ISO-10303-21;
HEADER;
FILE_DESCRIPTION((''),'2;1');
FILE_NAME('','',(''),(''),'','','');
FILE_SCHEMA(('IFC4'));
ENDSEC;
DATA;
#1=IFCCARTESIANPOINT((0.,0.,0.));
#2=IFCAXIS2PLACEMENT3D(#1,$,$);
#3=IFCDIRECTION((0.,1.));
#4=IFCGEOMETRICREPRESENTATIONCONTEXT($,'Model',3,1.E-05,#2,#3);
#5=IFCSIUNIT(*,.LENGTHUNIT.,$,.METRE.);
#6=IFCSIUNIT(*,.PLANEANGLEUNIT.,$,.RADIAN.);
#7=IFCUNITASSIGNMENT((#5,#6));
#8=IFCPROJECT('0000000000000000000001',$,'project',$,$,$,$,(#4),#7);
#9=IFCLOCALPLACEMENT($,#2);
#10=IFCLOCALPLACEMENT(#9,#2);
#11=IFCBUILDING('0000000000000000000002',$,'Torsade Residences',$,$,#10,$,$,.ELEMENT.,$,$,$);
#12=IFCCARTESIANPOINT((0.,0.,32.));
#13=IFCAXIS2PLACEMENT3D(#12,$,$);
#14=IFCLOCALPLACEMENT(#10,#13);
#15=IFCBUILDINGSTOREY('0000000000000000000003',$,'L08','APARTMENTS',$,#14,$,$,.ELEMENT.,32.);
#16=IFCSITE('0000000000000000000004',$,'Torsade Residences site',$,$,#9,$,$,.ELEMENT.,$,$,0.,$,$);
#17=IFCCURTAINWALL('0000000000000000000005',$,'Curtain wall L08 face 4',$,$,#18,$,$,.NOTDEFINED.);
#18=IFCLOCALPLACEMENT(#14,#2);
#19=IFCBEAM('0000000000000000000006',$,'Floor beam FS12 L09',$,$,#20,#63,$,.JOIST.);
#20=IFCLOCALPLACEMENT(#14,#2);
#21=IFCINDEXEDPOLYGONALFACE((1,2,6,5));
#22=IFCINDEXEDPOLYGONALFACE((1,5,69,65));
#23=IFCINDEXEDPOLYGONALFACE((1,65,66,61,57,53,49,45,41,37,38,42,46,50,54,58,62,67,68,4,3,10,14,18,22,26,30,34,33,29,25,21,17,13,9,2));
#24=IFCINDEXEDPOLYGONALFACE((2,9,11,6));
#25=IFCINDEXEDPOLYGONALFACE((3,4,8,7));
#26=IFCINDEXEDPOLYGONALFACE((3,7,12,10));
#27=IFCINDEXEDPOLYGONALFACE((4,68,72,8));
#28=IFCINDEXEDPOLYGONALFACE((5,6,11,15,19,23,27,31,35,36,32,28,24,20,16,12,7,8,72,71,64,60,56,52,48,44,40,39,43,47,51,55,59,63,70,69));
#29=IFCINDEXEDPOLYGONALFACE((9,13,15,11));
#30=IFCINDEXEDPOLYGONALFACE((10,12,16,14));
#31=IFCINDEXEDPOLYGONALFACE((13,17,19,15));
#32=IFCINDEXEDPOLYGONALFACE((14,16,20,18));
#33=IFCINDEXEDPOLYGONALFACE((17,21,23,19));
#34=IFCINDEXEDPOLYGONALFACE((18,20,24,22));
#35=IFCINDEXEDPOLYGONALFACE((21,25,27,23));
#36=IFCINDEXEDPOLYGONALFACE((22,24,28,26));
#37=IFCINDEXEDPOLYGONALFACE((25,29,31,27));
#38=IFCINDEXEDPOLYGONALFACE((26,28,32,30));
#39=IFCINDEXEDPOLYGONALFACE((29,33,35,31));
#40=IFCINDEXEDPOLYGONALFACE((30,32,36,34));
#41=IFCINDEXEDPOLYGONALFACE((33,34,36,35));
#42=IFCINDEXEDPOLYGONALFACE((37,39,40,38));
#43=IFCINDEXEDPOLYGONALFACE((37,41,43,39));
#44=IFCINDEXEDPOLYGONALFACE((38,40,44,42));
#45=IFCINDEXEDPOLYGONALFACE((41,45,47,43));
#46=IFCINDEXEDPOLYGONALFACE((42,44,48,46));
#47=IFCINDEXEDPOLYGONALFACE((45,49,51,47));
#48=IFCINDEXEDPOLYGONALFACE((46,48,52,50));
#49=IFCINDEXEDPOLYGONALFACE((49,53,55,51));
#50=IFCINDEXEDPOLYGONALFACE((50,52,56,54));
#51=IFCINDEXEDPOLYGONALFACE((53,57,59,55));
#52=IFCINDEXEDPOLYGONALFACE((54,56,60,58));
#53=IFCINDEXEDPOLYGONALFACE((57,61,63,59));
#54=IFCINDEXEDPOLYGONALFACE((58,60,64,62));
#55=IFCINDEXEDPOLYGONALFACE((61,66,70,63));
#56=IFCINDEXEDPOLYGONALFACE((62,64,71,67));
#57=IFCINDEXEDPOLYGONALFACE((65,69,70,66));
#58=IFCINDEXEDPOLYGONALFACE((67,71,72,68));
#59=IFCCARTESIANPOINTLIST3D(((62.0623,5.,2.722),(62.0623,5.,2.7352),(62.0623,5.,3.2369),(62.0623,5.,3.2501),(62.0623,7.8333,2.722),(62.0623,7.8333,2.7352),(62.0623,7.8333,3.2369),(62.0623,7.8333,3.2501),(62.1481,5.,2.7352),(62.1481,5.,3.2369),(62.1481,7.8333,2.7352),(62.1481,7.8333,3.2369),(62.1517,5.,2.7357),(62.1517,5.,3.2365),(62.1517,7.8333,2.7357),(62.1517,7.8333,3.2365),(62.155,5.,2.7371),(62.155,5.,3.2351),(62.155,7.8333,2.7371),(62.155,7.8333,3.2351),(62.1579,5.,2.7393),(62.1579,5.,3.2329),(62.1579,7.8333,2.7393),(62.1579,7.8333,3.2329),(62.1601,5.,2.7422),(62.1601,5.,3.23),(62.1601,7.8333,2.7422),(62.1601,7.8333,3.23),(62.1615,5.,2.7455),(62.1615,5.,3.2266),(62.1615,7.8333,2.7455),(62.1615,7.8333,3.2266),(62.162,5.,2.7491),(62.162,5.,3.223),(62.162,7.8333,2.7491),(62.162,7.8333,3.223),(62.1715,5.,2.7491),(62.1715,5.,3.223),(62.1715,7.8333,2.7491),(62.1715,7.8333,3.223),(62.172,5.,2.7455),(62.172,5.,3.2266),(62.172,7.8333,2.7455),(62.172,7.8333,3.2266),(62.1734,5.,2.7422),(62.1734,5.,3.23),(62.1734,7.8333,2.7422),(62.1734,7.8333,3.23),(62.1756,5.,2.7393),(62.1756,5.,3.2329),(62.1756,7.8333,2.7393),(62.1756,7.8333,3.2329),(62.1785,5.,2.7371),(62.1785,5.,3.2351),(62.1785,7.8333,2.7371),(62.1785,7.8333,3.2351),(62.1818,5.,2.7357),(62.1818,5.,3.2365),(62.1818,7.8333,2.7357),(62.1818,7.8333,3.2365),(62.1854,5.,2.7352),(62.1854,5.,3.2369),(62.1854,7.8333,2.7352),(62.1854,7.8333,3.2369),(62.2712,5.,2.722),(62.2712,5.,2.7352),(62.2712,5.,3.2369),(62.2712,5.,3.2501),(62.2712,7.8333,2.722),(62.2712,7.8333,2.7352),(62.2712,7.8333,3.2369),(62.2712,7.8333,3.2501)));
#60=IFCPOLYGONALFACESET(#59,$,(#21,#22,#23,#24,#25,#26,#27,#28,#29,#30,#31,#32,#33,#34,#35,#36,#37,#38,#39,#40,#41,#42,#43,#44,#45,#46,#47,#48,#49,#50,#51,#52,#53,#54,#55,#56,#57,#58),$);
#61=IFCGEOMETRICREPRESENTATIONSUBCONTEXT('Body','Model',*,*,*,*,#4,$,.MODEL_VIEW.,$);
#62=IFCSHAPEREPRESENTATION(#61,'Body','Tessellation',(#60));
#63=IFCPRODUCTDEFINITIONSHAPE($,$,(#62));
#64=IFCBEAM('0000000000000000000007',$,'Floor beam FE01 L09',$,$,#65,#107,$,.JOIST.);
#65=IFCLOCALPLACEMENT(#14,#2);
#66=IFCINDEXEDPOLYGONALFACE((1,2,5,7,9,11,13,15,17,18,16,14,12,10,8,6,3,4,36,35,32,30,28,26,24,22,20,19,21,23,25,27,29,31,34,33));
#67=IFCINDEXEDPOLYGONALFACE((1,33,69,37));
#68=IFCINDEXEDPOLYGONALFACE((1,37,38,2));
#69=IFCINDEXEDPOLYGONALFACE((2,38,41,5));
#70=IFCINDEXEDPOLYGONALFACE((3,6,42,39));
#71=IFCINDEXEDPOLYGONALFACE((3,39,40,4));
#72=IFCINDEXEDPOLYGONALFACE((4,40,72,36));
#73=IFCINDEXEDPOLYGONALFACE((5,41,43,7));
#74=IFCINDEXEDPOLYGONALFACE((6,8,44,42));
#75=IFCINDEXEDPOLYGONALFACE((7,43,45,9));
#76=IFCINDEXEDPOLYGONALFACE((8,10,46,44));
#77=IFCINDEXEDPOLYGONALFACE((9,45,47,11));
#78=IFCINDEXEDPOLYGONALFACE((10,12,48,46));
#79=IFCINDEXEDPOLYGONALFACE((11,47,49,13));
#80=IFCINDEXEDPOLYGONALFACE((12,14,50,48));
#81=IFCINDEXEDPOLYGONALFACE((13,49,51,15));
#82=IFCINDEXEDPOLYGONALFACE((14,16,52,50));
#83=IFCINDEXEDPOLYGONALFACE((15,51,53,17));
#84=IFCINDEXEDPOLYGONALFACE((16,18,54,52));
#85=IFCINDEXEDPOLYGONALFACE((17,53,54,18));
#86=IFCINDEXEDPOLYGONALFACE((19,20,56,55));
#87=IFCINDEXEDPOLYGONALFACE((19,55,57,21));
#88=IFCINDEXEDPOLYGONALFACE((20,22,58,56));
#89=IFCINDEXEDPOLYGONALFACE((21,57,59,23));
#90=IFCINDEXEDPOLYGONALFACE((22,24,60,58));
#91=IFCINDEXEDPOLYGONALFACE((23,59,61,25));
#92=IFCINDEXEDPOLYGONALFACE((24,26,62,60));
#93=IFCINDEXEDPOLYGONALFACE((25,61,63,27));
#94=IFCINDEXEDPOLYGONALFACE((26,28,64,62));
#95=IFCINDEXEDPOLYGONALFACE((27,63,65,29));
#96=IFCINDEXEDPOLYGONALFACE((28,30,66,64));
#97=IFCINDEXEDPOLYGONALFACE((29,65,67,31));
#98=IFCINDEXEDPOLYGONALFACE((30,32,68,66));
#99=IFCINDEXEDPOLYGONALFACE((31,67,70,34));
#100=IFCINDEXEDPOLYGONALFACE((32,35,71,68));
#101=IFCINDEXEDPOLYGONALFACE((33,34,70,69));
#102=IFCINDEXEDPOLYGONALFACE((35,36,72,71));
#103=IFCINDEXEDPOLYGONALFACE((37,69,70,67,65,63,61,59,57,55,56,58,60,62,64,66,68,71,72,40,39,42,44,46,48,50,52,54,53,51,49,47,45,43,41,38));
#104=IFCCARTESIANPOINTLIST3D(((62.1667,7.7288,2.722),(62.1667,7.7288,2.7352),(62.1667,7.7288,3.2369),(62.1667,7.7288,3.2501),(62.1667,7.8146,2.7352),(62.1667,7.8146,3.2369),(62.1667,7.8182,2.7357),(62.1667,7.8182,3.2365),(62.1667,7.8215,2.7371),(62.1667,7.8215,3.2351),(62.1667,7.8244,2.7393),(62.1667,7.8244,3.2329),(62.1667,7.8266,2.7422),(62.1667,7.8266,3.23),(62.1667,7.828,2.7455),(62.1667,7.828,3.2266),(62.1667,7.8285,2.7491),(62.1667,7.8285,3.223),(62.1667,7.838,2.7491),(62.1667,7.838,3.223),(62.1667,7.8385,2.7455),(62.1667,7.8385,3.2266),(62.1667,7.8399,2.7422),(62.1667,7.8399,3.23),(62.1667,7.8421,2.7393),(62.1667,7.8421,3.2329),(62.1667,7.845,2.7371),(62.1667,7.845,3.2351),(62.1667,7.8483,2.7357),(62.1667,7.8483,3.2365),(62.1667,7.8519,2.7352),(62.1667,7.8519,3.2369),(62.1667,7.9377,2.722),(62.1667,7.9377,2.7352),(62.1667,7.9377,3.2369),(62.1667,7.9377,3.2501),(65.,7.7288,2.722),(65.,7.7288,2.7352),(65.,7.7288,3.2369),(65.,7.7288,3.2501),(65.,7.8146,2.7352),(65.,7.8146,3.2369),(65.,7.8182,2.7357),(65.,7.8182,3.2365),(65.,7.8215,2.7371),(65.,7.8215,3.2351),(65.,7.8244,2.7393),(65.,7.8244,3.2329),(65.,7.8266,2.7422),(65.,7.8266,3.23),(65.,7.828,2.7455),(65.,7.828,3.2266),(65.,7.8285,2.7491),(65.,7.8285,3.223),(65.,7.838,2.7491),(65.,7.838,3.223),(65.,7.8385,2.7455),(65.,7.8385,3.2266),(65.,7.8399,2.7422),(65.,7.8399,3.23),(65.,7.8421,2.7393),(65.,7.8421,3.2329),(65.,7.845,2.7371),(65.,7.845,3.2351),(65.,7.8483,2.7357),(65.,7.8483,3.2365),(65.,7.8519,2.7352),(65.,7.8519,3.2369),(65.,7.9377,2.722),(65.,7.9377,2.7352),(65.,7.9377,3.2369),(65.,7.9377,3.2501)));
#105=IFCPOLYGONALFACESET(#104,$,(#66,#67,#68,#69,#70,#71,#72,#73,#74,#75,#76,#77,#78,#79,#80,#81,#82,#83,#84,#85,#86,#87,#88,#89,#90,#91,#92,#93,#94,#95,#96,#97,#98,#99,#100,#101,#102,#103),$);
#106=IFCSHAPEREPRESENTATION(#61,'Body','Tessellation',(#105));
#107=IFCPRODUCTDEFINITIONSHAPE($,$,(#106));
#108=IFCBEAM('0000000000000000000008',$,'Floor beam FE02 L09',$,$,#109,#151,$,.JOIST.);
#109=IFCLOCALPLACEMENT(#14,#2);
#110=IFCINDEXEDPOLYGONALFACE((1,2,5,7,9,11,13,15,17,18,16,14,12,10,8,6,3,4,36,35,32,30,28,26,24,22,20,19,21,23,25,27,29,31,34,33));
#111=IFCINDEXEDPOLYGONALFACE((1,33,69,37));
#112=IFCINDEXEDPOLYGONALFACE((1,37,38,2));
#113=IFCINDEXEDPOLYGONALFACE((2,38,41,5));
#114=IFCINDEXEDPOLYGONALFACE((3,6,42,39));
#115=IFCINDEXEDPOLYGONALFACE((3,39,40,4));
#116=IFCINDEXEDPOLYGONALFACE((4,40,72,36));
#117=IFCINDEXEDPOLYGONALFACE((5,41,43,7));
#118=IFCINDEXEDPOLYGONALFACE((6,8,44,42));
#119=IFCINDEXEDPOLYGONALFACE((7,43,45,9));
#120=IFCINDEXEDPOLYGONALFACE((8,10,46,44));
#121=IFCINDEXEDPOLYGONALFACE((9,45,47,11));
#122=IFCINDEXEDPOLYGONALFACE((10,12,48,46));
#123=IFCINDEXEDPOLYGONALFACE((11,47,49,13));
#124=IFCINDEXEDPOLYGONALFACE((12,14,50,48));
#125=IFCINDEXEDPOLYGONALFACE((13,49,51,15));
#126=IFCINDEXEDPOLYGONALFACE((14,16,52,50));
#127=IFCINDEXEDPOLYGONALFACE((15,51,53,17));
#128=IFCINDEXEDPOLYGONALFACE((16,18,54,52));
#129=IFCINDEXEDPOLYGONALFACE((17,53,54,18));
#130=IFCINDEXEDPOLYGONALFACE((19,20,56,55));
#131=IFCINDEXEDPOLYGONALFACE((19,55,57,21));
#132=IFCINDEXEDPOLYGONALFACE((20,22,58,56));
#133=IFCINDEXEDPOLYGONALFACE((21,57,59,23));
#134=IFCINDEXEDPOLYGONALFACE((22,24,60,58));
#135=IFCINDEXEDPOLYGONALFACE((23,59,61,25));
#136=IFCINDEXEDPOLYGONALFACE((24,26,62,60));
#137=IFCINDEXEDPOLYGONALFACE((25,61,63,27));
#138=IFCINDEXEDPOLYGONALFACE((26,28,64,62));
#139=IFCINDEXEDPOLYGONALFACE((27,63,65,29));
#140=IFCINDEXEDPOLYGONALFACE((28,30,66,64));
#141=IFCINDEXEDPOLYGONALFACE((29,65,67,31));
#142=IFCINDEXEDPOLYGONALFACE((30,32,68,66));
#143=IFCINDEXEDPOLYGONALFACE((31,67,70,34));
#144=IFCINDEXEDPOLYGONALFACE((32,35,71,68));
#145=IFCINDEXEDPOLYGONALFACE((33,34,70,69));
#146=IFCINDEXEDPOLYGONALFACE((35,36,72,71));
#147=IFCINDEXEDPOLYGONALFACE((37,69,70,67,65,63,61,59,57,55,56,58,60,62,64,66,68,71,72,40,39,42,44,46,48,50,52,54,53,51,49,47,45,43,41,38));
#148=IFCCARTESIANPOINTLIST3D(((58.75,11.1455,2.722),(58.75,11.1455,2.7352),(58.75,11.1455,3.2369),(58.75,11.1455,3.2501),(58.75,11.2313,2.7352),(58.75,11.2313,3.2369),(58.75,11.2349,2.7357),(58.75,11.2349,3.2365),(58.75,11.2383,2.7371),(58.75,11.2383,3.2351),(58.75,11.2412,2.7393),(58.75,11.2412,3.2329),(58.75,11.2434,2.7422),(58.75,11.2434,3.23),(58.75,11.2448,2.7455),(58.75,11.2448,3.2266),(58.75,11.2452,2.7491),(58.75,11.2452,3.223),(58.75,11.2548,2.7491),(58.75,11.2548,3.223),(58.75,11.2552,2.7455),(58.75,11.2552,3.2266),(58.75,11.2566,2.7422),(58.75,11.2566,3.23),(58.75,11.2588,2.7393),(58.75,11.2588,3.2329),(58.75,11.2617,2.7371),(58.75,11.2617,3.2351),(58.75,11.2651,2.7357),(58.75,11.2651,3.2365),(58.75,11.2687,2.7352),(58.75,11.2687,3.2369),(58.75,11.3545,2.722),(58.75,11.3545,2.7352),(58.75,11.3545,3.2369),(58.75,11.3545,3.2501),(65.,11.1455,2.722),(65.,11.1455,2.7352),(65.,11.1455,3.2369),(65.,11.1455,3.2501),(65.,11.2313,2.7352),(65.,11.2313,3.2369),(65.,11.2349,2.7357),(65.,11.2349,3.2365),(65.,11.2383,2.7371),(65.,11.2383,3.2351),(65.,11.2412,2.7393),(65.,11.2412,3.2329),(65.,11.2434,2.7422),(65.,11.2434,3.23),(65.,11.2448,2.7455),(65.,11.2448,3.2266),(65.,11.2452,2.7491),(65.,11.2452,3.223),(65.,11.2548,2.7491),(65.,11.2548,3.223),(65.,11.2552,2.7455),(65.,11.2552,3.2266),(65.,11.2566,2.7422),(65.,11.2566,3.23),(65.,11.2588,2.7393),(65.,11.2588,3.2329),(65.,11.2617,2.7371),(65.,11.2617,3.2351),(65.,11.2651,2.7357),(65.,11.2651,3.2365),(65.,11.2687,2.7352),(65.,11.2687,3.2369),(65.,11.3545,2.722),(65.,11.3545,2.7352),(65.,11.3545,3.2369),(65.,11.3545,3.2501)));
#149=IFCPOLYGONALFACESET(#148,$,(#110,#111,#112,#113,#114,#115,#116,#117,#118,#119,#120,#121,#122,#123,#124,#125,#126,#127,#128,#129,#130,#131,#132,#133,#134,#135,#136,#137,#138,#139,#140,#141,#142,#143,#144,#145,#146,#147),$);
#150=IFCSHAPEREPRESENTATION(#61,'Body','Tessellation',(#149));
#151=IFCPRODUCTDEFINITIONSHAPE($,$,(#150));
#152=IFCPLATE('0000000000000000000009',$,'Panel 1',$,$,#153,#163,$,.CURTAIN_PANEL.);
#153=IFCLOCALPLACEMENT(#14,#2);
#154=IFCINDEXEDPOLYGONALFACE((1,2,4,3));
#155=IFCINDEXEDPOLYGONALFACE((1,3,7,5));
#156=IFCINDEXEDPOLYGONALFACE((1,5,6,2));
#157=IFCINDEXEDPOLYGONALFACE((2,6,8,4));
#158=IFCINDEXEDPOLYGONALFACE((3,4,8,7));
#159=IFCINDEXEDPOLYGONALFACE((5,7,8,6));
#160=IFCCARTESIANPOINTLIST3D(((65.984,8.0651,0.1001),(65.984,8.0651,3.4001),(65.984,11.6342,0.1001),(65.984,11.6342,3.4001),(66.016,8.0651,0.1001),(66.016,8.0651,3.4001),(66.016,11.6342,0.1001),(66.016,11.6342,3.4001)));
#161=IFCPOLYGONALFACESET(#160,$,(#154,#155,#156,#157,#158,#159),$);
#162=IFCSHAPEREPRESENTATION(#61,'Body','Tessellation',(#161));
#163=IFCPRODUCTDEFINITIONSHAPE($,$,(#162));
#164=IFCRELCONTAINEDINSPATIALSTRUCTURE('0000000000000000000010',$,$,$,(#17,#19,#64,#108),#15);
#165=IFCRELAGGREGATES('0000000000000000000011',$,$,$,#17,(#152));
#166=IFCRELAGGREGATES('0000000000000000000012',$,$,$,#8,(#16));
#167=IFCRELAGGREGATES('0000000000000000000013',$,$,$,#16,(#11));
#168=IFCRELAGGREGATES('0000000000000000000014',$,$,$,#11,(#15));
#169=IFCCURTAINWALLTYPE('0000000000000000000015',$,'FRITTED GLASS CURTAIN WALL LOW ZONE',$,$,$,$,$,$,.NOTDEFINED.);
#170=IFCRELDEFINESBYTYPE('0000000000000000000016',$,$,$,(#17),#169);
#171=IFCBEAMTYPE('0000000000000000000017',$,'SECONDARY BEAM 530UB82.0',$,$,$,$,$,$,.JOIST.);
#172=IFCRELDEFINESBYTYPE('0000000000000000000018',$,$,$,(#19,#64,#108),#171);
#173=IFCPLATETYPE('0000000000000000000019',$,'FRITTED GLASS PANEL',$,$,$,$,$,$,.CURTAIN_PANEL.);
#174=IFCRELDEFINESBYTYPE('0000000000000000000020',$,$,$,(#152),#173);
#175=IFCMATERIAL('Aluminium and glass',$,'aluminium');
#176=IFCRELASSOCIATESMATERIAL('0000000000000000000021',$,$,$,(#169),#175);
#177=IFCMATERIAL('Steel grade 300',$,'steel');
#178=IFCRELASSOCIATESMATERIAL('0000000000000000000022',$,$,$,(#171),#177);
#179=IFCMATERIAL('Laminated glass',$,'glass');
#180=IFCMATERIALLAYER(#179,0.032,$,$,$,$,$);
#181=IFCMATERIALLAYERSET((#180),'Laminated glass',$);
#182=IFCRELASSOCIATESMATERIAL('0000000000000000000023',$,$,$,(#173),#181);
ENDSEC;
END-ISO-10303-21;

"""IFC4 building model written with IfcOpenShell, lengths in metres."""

from ifc_helpers import new_model, si_unit, direction, frame, origin, origin_2d, place, context, subcontext, project, spatial, rectangle, i_section, extrude, material, layer, layer_set, material_profile, profile_set, type_object, element, aggregate, save


model = new_model("IFC4")

# Units and contexts
model_context = context("Model", 3, precision=1e-05, world=origin(), true_north=direction((0.0, 1.0)))
body_context = subcontext(model_context, "Body", "Model", "MODEL_VIEW")
ifc_project = project(units=[si_unit("LENGTHUNIT", "METRE"), si_unit("PLANEANGLEUNIT", "RADIAN")], contexts=[model_context])

# Site, building, storey
site_placement = place(None, origin())
site = spatial("IfcSite", under=ifc_project, at=site_placement, Name="Torsade Residences site", CompositionType="ELEMENT", RefElevation=0.0)
building_placement = place(site_placement, origin())
building = spatial("IfcBuilding", under=site, at=building_placement, Name="Torsade Residences", CompositionType="ELEMENT")
storey_placement = place(building_placement, frame((0.0, 0.0, 32.0)))
storey = spatial("IfcBuildingStorey", under=building, at=storey_placement, Name="L08", Description="APARTMENTS", CompositionType="ELEMENT", Elevation=32.0)

# Curtain wall
ifc_material_1 = material(Name="Aluminium and glass", Category="aluminium")
curtain_wall_type = type_object("IfcCurtainWallType", Name="FRITTED GLASS CURTAIN WALL LOW ZONE", PredefinedType="NOTDEFINED", material=ifc_material_1)
curtain_wall_placement = place(storey_placement, origin())
curtain_wall = element("IfcCurtainWall", 1, at=curtain_wall_placement, inside=storey, type_object=curtain_wall_type, Name="Curtain wall L08 face 4", PredefinedType="NOTDEFINED")

# Beams
ifc_material_2 = material(Name="Steel grade 300", Category="steel")
ifc_material_profile_1 = material_profile(ifc_material_2, i_section(OverallWidth=0.209, OverallDepth=0.5281, WebThickness=0.0095, FlangeThickness=0.0132, FilletRadius=0.0139, at=origin_2d()), Name="530UB82.0")
ifc_profile_set_1 = profile_set([ifc_material_profile_1], Name="Steel grade 300")
beam_type_1 = type_object("IfcBeamType", Name="SECONDARY BEAM 530UB82.0", PredefinedType="JOIST", material=ifc_profile_set_1)
for number, where, z_axis, x_axis, name in (
    (2, (62.1667, 5.0, 2.9861), (0.0, 1.0, 0.0), (-1.0, 0.0, 0.0), "Floor beam FS12 L09"),
    (3, (65.0, 7.8333, 2.9861), (-1.0, 0.0, 0.0), (0.0, -1.0, 0.0), "Floor beam FE01 L09"),
):
    element("IfcBeam", number, at=place(storey_placement, frame(where, z_axis=z_axis, x_axis=x_axis)), inside=storey, type_object=beam_type_1, Name=name, PredefinedType="JOIST", context=body_context, shape_type="SweptSolid", body=[
        extrude(i_section(OverallWidth=0.209, OverallDepth=0.5281, WebThickness=0.0095, FlangeThickness=0.0132, FilletRadius=0.0139, at=origin_2d()), origin(), (0.0, 0.0, 1.0), 2.8333),
    ])
beam_1_placement = place(storey_placement, frame((65.0, 11.25, 2.9861), z_axis=(-1.0, 0.0, 0.0), x_axis=(0.0, -1.0, 0.0)))
element("IfcBeam", 4, at=beam_1_placement, inside=storey, type_object=beam_type_1, Name="Floor beam FE02 L09", PredefinedType="JOIST", context=body_context, shape_type="SweptSolid", body=[
    extrude(i_section(OverallWidth=0.209, OverallDepth=0.5281, WebThickness=0.0095, FlangeThickness=0.0132, FilletRadius=0.0139, at=origin_2d()), origin(), (0.0, 0.0, 1.0), 6.25),
])

# Plate
ifc_material_3 = material(Name="Laminated glass", Category="glass")
ifc_layer_1 = layer(ifc_material_3, 0.032)
ifc_layer_set_1 = layer_set([ifc_layer_1], Name="Laminated glass")
plate_type = type_object("IfcPlateType", Name="FRITTED GLASS PANEL", PredefinedType="CURTAIN_PANEL", material=ifc_layer_set_1)
plate_placement = place(storey_placement, frame((66.0, 9.8496, 0.1001), z_axis=(0.0, 0.0, 1.0), x_axis=(0.0, 1.0, 0.0)))
plate = element("IfcPlate", 5, at=plate_placement, type_object=plate_type, Name="Panel 1", PredefinedType="CURTAIN_PANEL", context=body_context, shape_type="SweptSolid", body=[
    extrude(rectangle(XDim=3.5691, YDim=0.032, at=origin_2d()), origin(), (0.0, 0.0, 1.0), 3.3),
])
aggregate(curtain_wall, [plate])

save(model, "model.ifc")
